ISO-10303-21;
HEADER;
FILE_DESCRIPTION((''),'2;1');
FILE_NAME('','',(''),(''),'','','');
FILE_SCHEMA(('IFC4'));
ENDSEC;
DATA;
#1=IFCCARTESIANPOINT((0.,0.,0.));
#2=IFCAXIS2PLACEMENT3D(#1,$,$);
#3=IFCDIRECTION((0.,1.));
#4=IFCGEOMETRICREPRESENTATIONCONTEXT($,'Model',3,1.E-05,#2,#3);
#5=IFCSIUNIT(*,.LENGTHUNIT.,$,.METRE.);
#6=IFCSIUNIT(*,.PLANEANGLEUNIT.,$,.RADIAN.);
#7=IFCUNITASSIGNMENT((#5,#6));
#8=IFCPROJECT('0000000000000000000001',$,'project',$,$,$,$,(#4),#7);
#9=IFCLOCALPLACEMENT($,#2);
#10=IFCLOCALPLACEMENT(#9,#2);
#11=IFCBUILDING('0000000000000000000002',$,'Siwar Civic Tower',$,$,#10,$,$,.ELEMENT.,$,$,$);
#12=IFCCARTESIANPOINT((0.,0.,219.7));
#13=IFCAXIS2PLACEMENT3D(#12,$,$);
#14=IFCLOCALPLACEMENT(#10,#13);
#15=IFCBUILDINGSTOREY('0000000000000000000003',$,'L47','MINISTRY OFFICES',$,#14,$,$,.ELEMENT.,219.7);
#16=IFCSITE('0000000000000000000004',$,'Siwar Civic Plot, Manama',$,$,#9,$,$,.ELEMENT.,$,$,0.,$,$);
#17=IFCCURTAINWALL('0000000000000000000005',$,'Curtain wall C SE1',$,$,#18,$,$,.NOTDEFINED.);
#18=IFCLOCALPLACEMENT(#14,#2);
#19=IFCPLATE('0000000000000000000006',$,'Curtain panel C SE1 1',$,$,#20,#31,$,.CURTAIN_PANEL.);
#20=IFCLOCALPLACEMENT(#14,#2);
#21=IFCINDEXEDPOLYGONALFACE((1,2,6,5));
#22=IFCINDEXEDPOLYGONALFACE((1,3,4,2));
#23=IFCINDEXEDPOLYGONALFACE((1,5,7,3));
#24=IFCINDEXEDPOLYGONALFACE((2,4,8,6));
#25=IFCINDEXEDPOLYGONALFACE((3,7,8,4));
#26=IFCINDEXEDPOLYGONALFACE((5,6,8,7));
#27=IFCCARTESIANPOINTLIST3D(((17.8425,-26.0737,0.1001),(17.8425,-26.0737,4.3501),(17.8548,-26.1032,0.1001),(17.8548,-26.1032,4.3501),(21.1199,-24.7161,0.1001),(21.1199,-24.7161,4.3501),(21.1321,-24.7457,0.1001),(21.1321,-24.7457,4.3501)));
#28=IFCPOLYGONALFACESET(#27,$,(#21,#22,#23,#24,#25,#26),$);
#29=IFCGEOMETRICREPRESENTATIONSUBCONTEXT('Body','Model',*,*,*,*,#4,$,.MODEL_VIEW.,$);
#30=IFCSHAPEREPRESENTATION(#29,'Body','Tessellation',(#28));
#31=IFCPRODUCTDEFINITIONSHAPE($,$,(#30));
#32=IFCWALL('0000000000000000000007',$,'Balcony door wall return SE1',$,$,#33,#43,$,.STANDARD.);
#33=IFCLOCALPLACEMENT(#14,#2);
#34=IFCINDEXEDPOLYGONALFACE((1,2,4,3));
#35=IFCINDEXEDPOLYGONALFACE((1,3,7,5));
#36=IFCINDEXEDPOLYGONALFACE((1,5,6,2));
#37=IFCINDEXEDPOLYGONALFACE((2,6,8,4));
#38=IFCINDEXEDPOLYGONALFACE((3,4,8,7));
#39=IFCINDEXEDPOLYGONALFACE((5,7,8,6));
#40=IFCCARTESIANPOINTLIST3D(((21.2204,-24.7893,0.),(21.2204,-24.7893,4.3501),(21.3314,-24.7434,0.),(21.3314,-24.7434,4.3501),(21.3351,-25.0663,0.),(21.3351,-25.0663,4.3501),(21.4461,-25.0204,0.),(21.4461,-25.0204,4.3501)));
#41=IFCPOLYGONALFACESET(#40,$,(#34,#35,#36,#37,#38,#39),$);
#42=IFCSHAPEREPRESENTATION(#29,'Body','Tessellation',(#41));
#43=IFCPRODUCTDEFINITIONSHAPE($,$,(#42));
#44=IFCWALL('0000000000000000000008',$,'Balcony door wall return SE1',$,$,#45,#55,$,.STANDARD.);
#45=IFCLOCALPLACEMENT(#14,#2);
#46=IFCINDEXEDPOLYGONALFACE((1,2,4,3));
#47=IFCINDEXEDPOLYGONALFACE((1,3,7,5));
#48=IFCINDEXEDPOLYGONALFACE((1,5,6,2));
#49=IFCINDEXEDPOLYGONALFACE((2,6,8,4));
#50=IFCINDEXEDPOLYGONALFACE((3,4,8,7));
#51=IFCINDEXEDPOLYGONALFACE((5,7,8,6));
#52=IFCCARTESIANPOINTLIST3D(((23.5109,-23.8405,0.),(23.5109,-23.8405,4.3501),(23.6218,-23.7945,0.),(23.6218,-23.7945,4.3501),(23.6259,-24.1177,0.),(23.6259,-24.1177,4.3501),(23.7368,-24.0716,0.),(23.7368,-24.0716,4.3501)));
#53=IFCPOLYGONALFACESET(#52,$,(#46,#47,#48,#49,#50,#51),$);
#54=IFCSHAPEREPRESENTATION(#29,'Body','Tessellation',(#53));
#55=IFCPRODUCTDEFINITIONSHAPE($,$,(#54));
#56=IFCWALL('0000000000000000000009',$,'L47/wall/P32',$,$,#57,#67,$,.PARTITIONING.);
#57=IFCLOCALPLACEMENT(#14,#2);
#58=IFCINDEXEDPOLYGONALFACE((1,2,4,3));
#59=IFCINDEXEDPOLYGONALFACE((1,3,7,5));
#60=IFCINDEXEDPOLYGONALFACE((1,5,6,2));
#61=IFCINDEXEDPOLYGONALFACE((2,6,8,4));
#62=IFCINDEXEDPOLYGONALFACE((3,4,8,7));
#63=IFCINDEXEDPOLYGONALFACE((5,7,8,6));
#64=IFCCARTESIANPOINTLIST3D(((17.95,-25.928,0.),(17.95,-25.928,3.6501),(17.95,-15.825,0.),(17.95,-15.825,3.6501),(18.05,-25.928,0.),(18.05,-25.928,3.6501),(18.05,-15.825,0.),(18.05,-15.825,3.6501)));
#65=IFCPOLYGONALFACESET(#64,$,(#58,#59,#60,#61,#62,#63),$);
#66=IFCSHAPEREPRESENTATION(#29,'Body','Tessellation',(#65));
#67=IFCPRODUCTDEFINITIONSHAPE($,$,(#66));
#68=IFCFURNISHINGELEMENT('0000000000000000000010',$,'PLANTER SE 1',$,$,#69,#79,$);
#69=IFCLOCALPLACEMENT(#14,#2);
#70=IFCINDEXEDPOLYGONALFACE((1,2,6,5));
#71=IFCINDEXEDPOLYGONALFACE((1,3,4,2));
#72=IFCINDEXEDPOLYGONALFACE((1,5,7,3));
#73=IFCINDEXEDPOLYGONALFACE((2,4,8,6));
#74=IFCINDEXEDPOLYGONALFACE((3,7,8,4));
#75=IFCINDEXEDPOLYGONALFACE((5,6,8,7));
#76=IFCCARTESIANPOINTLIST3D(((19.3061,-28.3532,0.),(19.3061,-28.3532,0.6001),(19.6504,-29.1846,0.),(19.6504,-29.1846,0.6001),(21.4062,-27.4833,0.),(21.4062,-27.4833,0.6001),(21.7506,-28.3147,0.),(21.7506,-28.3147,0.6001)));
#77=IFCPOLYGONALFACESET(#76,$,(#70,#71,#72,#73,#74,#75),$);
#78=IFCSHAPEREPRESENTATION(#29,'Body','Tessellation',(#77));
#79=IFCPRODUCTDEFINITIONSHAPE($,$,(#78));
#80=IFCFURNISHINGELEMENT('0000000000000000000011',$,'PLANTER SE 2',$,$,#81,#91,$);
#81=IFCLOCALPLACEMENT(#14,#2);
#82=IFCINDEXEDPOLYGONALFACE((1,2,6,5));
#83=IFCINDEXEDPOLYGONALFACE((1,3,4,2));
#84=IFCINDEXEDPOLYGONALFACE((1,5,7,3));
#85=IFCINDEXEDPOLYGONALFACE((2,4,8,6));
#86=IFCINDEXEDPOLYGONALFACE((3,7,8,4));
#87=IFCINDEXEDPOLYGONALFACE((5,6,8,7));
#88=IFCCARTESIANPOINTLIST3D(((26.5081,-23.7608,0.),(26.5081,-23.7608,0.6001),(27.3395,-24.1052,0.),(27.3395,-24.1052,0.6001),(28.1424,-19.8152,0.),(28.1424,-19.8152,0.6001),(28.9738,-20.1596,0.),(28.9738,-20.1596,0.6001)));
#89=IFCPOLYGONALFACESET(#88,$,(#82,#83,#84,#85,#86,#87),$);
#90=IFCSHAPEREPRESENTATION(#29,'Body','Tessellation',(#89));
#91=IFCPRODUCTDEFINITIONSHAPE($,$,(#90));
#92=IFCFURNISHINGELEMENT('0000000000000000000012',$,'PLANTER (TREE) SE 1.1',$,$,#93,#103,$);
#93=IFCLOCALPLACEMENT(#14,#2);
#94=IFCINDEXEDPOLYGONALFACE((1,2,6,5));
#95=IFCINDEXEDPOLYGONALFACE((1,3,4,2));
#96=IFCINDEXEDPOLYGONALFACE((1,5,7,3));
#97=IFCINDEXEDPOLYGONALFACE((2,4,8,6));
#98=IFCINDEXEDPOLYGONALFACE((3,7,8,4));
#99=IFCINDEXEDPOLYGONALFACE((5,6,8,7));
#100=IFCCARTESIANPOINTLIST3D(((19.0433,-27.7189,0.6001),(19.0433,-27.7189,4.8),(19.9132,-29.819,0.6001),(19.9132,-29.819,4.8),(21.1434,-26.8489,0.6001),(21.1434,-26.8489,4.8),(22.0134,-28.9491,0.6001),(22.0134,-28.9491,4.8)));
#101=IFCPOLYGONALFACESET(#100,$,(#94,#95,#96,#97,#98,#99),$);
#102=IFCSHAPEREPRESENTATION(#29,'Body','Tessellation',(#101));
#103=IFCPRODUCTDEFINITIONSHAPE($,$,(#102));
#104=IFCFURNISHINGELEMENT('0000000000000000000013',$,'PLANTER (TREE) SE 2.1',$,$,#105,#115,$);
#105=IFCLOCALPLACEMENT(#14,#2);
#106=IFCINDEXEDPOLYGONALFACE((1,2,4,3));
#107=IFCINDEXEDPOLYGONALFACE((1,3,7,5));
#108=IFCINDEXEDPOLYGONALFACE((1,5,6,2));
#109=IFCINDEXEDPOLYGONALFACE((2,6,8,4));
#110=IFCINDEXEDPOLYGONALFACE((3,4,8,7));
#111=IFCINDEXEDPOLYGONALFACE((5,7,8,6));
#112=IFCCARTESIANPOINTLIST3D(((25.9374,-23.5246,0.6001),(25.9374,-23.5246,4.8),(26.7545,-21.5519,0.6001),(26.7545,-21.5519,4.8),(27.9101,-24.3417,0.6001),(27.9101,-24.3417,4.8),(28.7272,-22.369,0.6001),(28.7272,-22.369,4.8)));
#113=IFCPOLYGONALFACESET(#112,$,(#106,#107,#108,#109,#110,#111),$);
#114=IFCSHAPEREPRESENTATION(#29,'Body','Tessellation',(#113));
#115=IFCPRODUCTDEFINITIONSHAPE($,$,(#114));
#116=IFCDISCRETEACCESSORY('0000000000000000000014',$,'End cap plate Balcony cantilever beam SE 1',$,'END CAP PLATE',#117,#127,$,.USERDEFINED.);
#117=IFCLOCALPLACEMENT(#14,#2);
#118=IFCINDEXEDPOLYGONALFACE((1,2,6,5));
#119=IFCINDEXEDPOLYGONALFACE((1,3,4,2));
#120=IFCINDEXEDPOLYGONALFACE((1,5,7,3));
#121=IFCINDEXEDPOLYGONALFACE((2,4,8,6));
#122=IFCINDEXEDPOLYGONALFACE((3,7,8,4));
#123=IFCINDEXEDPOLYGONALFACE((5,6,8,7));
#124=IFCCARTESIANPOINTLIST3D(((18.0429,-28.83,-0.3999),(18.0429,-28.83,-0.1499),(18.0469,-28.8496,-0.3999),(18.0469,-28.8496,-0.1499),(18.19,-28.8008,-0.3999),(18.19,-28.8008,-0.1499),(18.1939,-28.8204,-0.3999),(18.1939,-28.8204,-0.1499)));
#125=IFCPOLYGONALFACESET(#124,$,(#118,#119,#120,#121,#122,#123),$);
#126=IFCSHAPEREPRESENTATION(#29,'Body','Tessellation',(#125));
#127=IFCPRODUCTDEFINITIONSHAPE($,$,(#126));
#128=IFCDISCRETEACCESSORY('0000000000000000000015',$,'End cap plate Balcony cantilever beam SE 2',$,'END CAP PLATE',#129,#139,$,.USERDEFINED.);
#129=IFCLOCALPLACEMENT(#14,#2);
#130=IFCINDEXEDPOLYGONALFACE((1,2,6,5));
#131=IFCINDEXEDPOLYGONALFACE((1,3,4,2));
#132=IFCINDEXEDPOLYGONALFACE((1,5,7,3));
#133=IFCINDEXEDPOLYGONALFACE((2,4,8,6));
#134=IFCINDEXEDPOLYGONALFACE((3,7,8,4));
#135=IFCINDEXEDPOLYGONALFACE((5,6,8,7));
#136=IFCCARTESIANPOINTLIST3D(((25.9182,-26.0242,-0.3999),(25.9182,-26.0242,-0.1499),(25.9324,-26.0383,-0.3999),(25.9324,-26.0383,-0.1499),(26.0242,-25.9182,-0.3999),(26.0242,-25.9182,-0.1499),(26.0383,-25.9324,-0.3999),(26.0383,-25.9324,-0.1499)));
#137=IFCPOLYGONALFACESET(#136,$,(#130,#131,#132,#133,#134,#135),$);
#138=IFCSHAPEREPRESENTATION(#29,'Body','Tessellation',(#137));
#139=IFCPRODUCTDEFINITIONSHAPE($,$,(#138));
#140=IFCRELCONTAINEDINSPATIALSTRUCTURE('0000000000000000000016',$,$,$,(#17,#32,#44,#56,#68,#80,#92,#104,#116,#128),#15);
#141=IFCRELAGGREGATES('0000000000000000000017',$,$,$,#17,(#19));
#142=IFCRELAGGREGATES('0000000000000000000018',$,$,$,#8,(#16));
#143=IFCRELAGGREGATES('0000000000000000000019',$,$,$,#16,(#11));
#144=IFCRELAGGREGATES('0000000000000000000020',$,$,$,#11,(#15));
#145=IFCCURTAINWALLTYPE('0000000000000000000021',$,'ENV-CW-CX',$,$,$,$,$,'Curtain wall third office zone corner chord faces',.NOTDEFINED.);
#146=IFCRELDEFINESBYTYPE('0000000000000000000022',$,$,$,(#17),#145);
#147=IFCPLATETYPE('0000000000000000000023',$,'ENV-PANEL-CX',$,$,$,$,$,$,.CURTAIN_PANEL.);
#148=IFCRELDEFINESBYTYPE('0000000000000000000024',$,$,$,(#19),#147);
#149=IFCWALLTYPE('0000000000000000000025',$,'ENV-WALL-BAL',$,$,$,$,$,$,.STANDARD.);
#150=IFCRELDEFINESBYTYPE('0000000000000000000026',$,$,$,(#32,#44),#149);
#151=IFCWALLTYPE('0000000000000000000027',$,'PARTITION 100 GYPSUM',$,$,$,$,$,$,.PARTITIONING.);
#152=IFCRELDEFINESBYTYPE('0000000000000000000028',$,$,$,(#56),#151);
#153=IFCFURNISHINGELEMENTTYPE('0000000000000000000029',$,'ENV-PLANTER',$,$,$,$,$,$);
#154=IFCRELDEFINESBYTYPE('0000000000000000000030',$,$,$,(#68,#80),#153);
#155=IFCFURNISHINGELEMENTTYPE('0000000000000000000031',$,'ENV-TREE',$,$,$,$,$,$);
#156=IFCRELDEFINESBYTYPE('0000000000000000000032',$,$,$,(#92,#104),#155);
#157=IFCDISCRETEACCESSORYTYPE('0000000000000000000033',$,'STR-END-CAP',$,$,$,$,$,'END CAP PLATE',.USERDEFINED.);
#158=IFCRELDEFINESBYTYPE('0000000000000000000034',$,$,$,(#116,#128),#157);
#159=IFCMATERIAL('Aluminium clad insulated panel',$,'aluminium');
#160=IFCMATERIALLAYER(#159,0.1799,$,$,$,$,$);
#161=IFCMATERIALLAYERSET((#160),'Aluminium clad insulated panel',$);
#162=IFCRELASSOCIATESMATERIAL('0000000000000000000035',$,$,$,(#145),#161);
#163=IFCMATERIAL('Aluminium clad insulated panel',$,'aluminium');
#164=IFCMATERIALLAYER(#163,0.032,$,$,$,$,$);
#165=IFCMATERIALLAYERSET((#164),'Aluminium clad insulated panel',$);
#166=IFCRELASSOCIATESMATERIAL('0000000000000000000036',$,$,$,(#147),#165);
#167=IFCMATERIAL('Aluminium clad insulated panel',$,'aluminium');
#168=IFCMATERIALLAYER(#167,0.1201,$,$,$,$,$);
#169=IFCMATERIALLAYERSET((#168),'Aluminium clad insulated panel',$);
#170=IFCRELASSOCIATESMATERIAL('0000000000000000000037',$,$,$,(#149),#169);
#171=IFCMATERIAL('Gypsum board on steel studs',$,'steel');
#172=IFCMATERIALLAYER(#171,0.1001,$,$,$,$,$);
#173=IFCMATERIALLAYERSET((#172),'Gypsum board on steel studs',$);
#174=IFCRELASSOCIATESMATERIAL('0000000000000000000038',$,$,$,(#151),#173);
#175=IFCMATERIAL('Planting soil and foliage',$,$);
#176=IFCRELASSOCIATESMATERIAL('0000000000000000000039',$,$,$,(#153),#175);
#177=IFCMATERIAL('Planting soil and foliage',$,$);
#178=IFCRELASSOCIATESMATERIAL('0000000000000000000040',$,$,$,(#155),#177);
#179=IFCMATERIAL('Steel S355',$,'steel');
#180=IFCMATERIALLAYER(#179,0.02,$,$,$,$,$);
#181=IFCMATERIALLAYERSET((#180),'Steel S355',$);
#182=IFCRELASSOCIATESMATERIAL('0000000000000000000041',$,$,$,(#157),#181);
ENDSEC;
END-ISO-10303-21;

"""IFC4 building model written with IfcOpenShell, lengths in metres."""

from ifc_helpers import new_model, si_unit, direction, frame, frame_2d, origin, origin_2d, place, context, subcontext, project, spatial, rectangle, extrude, material, layer, layer_set, type_object, element, aggregate, save


model = new_model("IFC4")

# Units and contexts
model_context = context("Model", 3, precision=1e-05, world=origin(), true_north=direction((0.0, 1.0)))
body_context = subcontext(model_context, "Body", "Model", "MODEL_VIEW")
ifc_project = project(units=[si_unit("LENGTHUNIT", "METRE"), si_unit("PLANEANGLEUNIT", "RADIAN")], contexts=[model_context])

# Site, building, storey
site_placement = place(None, origin())
site = spatial("IfcSite", under=ifc_project, at=site_placement, Name="Siwar Civic Plot, Manama", CompositionType="ELEMENT", RefElevation=0.0)
building_placement = place(site_placement, origin())
building = spatial("IfcBuilding", under=site, at=building_placement, Name="Siwar Civic Tower", CompositionType="ELEMENT")
storey_placement = place(building_placement, frame((0.0, 0.0, 219.7)))
storey = spatial("IfcBuildingStorey", under=building, at=storey_placement, Name="L47", Description="MINISTRY OFFICES", CompositionType="ELEMENT", Elevation=219.7)

# Curtain wall
ifc_material_1 = material(Name="Aluminium clad insulated panel", Category="aluminium")
ifc_layer_1 = layer(ifc_material_1, 0.1799)
ifc_layer_set_1 = layer_set([ifc_layer_1], Name="Aluminium clad insulated panel")
curtain_wall_type = type_object("IfcCurtainWallType", Name="ENV-CW-CX", ElementType="Curtain wall third office zone corner chord faces", PredefinedType="NOTDEFINED", material=ifc_layer_set_1)
curtain_wall_1_placement = place(storey_placement, origin())
curtain_wall_1 = element("IfcCurtainWall", 1, at=curtain_wall_1_placement, inside=storey, type_object=curtain_wall_type, Name="Curtain wall C SE1", PredefinedType="NOTDEFINED")

# Plate
ifc_material_2 = material(Name="Aluminium clad insulated panel", Category="aluminium")
ifc_layer_2 = layer(ifc_material_2, 0.032)
ifc_layer_set_2 = layer_set([ifc_layer_2], Name="Aluminium clad insulated panel")
plate_type = type_object("IfcPlateType", Name="ENV-PANEL-CX", PredefinedType="CURTAIN_PANEL", material=ifc_layer_set_2)
plate_placement = place(storey_placement, frame((19.4873, -25.4097, 0.1001), z_axis=(0.0, 0.0, 1.0), x_axis=(0.92388, 0.382683, 0.0)))
plate = element("IfcPlate", 2, at=plate_placement, type_object=plate_type, Name="Curtain panel C SE1 1", PredefinedType="CURTAIN_PANEL", context=body_context, shape_type="SweptSolid", body=[
    extrude(rectangle(XDim=3.5474, YDim=0.032, at=origin_2d()), origin(), (0.0, 0.0, 1.0), 4.25),
])
aggregate(curtain_wall_1, [plate])

# Walls
ifc_material_3 = material(Name="Aluminium clad insulated panel", Category="aluminium")
ifc_layer_3 = layer(ifc_material_3, 0.1201)
ifc_layer_set_3 = layer_set([ifc_layer_3], Name="Aluminium clad insulated panel")
wall_type_1 = type_object("IfcWallType", Name="ENV-WALL-BAL", PredefinedType="STANDARD", material=ifc_layer_set_3)
wall_1_placement = place(storey_placement, frame((21.2759, -24.7664, 0.0), z_axis=(0.0, 0.0, 1.0), x_axis=(0.382591, -0.923918, 0.0)))
element("IfcWall", 3, at=wall_1_placement, inside=storey, type_object=wall_type_1, Name="Balcony door wall return SE1", PredefinedType="STANDARD", context=body_context, shape_type="SweptSolid", body=[
    extrude(rectangle(XDim=0.2998, YDim=0.1201, at=frame_2d((0.1499, 0.0))), origin(), (0.0, 0.0, 1.0), 4.3501),
])
wall_2_placement = place(storey_placement, frame((23.5664, -23.8176, 0.0), z_axis=(0.0, 0.0, 1.0), x_axis=(0.383286, -0.92363, 0.0)))
element("IfcWall", 4, at=wall_2_placement, inside=storey, type_object=wall_type_1, Name="Balcony door wall return SE1", PredefinedType="STANDARD", context=body_context, shape_type="SweptSolid", body=[
    extrude(rectangle(XDim=0.3, YDim=0.1201, at=frame_2d((0.1499, 0.0))), origin(), (0.0, 0.0, 1.0), 4.3501),
])

# Wall
ifc_material_4 = material(Name="Gypsum board on steel studs", Category="steel")
ifc_layer_4 = layer(ifc_material_4, 0.1001)
ifc_layer_set_4 = layer_set([ifc_layer_4], Name="Gypsum board on steel studs")
wall_type_2 = type_object("IfcWallType", Name="PARTITION 100 GYPSUM", PredefinedType="PARTITIONING", material=ifc_layer_set_4)
wall_3_placement = place(storey_placement, frame((18.0, -25.928, 0.0), z_axis=(0.0, 0.0, 1.0), x_axis=(0.0, 1.0, 0.0)))
element("IfcWall", 5, at=wall_3_placement, inside=storey, type_object=wall_type_2, Name="L47/wall/P32", PredefinedType="PARTITIONING", context=body_context, shape_type="SweptSolid", body=[
    extrude(rectangle(XDim=10.103, YDim=0.1001, at=frame_2d((5.0515, 0.0))), origin(), (0.0, 0.0, 1.0), 3.6501),
])

# Furnishing elements
ifc_material_5 = material(Name="Planting soil and foliage")
furnishing_element_type_1 = type_object("IfcFurnishingElementType", Name="ENV-PLANTER", material=ifc_material_5)
furnishing_1_placement = place(storey_placement, frame((20.5283, -28.334, 0.0), z_axis=(0.0, 0.0, 1.0), x_axis=(0.92388, 0.382683, 0.0)))
element("IfcFurnishingElement", 6, at=furnishing_1_placement, inside=storey, type_object=furnishing_element_type_1, Name="PLANTER SE 1", context=body_context, shape_type="SweptSolid", body=[
    extrude(rectangle(XDim=2.2732, YDim=0.8999, at=origin_2d()), origin(), (0.0, 0.0, 1.0), 0.6001),
])
furnishing_2_placement = place(storey_placement, frame((27.741, -21.9602, 0.0), z_axis=(0.0, 0.0, 1.0), x_axis=(0.382683, 0.92388, 0.0)))
element("IfcFurnishingElement", 7, at=furnishing_2_placement, inside=storey, type_object=furnishing_element_type_1, Name="PLANTER SE 2", context=body_context, shape_type="SweptSolid", body=[
    extrude(rectangle(XDim=4.2708, YDim=0.8999, at=origin_2d()), origin(), (0.0, 0.0, 1.0), 0.6001),
])
ifc_material_6 = material(Name="Planting soil and foliage")
furnishing_element_type_2 = type_object("IfcFurnishingElementType", Name="ENV-TREE", material=ifc_material_6)
furnishing_3_placement = place(storey_placement, frame((20.5283, -28.334, 0.6001), z_axis=(0.0, 0.0, 1.0), x_axis=(0.92388, 0.382683, 0.0)))
element("IfcFurnishingElement", 8, at=furnishing_3_placement, inside=storey, type_object=furnishing_element_type_2, Name="PLANTER (TREE) SE 1.1", context=body_context, shape_type="SweptSolid", body=[
    extrude(rectangle(XDim=2.2732, YDim=2.2732, at=origin_2d()), origin(), (0.0, 0.0, 1.0), 4.2),
])
furnishing_4_placement = place(storey_placement, frame((27.3323, -22.9468, 0.6001), z_axis=(0.0, 0.0, 1.0), x_axis=(0.382683, 0.92388, 0.0)))
element("IfcFurnishingElement", 9, at=furnishing_4_placement, inside=storey, type_object=furnishing_element_type_2, Name="PLANTER (TREE) SE 2.1", context=body_context, shape_type="SweptSolid", body=[
    extrude(rectangle(XDim=2.1353, YDim=2.1353, at=origin_2d()), origin(), (0.0, 0.0, 1.0), 4.2),
])

# Discrete accessories
ifc_material_7 = material(Name="Steel S355", Category="steel")
ifc_layer_5 = layer(ifc_material_7, 0.02)
ifc_layer_set_5 = layer_set([ifc_layer_5], Name="Steel S355")
discrete_accessory_type = type_object("IfcDiscreteAccessoryType", Name="STR-END-CAP", ElementType="END CAP PLATE", PredefinedType="USERDEFINED", material=ifc_layer_set_5)
for number, where, z_axis, x_axis, name in (
    (10, (18.1184, -28.8252, -0.3999), (0.0, 0.0, 1.0), (0.19509, -0.980785, 0.0), "End cap plate Balcony cantilever beam SE 1"),
    (11, (25.9783, -25.9783, -0.3999), (0.0, 0.0, 1.0), (0.707107, -0.707107, 0.0), "End cap plate Balcony cantilever beam SE 2"),
):
    element("IfcDiscreteAccessory", number, at=place(storey_placement, frame(where, z_axis=z_axis, x_axis=x_axis)), inside=storey, type_object=discrete_accessory_type, Name=name, ObjectType="END CAP PLATE", PredefinedType="USERDEFINED", context=body_context, shape_type="SweptSolid", body=[
        extrude(rectangle(XDim=0.02, YDim=0.1499, at=origin_2d()), origin(), (0.0, 0.0, 1.0), 0.25),
    ])

save(model, "model.ifc")
